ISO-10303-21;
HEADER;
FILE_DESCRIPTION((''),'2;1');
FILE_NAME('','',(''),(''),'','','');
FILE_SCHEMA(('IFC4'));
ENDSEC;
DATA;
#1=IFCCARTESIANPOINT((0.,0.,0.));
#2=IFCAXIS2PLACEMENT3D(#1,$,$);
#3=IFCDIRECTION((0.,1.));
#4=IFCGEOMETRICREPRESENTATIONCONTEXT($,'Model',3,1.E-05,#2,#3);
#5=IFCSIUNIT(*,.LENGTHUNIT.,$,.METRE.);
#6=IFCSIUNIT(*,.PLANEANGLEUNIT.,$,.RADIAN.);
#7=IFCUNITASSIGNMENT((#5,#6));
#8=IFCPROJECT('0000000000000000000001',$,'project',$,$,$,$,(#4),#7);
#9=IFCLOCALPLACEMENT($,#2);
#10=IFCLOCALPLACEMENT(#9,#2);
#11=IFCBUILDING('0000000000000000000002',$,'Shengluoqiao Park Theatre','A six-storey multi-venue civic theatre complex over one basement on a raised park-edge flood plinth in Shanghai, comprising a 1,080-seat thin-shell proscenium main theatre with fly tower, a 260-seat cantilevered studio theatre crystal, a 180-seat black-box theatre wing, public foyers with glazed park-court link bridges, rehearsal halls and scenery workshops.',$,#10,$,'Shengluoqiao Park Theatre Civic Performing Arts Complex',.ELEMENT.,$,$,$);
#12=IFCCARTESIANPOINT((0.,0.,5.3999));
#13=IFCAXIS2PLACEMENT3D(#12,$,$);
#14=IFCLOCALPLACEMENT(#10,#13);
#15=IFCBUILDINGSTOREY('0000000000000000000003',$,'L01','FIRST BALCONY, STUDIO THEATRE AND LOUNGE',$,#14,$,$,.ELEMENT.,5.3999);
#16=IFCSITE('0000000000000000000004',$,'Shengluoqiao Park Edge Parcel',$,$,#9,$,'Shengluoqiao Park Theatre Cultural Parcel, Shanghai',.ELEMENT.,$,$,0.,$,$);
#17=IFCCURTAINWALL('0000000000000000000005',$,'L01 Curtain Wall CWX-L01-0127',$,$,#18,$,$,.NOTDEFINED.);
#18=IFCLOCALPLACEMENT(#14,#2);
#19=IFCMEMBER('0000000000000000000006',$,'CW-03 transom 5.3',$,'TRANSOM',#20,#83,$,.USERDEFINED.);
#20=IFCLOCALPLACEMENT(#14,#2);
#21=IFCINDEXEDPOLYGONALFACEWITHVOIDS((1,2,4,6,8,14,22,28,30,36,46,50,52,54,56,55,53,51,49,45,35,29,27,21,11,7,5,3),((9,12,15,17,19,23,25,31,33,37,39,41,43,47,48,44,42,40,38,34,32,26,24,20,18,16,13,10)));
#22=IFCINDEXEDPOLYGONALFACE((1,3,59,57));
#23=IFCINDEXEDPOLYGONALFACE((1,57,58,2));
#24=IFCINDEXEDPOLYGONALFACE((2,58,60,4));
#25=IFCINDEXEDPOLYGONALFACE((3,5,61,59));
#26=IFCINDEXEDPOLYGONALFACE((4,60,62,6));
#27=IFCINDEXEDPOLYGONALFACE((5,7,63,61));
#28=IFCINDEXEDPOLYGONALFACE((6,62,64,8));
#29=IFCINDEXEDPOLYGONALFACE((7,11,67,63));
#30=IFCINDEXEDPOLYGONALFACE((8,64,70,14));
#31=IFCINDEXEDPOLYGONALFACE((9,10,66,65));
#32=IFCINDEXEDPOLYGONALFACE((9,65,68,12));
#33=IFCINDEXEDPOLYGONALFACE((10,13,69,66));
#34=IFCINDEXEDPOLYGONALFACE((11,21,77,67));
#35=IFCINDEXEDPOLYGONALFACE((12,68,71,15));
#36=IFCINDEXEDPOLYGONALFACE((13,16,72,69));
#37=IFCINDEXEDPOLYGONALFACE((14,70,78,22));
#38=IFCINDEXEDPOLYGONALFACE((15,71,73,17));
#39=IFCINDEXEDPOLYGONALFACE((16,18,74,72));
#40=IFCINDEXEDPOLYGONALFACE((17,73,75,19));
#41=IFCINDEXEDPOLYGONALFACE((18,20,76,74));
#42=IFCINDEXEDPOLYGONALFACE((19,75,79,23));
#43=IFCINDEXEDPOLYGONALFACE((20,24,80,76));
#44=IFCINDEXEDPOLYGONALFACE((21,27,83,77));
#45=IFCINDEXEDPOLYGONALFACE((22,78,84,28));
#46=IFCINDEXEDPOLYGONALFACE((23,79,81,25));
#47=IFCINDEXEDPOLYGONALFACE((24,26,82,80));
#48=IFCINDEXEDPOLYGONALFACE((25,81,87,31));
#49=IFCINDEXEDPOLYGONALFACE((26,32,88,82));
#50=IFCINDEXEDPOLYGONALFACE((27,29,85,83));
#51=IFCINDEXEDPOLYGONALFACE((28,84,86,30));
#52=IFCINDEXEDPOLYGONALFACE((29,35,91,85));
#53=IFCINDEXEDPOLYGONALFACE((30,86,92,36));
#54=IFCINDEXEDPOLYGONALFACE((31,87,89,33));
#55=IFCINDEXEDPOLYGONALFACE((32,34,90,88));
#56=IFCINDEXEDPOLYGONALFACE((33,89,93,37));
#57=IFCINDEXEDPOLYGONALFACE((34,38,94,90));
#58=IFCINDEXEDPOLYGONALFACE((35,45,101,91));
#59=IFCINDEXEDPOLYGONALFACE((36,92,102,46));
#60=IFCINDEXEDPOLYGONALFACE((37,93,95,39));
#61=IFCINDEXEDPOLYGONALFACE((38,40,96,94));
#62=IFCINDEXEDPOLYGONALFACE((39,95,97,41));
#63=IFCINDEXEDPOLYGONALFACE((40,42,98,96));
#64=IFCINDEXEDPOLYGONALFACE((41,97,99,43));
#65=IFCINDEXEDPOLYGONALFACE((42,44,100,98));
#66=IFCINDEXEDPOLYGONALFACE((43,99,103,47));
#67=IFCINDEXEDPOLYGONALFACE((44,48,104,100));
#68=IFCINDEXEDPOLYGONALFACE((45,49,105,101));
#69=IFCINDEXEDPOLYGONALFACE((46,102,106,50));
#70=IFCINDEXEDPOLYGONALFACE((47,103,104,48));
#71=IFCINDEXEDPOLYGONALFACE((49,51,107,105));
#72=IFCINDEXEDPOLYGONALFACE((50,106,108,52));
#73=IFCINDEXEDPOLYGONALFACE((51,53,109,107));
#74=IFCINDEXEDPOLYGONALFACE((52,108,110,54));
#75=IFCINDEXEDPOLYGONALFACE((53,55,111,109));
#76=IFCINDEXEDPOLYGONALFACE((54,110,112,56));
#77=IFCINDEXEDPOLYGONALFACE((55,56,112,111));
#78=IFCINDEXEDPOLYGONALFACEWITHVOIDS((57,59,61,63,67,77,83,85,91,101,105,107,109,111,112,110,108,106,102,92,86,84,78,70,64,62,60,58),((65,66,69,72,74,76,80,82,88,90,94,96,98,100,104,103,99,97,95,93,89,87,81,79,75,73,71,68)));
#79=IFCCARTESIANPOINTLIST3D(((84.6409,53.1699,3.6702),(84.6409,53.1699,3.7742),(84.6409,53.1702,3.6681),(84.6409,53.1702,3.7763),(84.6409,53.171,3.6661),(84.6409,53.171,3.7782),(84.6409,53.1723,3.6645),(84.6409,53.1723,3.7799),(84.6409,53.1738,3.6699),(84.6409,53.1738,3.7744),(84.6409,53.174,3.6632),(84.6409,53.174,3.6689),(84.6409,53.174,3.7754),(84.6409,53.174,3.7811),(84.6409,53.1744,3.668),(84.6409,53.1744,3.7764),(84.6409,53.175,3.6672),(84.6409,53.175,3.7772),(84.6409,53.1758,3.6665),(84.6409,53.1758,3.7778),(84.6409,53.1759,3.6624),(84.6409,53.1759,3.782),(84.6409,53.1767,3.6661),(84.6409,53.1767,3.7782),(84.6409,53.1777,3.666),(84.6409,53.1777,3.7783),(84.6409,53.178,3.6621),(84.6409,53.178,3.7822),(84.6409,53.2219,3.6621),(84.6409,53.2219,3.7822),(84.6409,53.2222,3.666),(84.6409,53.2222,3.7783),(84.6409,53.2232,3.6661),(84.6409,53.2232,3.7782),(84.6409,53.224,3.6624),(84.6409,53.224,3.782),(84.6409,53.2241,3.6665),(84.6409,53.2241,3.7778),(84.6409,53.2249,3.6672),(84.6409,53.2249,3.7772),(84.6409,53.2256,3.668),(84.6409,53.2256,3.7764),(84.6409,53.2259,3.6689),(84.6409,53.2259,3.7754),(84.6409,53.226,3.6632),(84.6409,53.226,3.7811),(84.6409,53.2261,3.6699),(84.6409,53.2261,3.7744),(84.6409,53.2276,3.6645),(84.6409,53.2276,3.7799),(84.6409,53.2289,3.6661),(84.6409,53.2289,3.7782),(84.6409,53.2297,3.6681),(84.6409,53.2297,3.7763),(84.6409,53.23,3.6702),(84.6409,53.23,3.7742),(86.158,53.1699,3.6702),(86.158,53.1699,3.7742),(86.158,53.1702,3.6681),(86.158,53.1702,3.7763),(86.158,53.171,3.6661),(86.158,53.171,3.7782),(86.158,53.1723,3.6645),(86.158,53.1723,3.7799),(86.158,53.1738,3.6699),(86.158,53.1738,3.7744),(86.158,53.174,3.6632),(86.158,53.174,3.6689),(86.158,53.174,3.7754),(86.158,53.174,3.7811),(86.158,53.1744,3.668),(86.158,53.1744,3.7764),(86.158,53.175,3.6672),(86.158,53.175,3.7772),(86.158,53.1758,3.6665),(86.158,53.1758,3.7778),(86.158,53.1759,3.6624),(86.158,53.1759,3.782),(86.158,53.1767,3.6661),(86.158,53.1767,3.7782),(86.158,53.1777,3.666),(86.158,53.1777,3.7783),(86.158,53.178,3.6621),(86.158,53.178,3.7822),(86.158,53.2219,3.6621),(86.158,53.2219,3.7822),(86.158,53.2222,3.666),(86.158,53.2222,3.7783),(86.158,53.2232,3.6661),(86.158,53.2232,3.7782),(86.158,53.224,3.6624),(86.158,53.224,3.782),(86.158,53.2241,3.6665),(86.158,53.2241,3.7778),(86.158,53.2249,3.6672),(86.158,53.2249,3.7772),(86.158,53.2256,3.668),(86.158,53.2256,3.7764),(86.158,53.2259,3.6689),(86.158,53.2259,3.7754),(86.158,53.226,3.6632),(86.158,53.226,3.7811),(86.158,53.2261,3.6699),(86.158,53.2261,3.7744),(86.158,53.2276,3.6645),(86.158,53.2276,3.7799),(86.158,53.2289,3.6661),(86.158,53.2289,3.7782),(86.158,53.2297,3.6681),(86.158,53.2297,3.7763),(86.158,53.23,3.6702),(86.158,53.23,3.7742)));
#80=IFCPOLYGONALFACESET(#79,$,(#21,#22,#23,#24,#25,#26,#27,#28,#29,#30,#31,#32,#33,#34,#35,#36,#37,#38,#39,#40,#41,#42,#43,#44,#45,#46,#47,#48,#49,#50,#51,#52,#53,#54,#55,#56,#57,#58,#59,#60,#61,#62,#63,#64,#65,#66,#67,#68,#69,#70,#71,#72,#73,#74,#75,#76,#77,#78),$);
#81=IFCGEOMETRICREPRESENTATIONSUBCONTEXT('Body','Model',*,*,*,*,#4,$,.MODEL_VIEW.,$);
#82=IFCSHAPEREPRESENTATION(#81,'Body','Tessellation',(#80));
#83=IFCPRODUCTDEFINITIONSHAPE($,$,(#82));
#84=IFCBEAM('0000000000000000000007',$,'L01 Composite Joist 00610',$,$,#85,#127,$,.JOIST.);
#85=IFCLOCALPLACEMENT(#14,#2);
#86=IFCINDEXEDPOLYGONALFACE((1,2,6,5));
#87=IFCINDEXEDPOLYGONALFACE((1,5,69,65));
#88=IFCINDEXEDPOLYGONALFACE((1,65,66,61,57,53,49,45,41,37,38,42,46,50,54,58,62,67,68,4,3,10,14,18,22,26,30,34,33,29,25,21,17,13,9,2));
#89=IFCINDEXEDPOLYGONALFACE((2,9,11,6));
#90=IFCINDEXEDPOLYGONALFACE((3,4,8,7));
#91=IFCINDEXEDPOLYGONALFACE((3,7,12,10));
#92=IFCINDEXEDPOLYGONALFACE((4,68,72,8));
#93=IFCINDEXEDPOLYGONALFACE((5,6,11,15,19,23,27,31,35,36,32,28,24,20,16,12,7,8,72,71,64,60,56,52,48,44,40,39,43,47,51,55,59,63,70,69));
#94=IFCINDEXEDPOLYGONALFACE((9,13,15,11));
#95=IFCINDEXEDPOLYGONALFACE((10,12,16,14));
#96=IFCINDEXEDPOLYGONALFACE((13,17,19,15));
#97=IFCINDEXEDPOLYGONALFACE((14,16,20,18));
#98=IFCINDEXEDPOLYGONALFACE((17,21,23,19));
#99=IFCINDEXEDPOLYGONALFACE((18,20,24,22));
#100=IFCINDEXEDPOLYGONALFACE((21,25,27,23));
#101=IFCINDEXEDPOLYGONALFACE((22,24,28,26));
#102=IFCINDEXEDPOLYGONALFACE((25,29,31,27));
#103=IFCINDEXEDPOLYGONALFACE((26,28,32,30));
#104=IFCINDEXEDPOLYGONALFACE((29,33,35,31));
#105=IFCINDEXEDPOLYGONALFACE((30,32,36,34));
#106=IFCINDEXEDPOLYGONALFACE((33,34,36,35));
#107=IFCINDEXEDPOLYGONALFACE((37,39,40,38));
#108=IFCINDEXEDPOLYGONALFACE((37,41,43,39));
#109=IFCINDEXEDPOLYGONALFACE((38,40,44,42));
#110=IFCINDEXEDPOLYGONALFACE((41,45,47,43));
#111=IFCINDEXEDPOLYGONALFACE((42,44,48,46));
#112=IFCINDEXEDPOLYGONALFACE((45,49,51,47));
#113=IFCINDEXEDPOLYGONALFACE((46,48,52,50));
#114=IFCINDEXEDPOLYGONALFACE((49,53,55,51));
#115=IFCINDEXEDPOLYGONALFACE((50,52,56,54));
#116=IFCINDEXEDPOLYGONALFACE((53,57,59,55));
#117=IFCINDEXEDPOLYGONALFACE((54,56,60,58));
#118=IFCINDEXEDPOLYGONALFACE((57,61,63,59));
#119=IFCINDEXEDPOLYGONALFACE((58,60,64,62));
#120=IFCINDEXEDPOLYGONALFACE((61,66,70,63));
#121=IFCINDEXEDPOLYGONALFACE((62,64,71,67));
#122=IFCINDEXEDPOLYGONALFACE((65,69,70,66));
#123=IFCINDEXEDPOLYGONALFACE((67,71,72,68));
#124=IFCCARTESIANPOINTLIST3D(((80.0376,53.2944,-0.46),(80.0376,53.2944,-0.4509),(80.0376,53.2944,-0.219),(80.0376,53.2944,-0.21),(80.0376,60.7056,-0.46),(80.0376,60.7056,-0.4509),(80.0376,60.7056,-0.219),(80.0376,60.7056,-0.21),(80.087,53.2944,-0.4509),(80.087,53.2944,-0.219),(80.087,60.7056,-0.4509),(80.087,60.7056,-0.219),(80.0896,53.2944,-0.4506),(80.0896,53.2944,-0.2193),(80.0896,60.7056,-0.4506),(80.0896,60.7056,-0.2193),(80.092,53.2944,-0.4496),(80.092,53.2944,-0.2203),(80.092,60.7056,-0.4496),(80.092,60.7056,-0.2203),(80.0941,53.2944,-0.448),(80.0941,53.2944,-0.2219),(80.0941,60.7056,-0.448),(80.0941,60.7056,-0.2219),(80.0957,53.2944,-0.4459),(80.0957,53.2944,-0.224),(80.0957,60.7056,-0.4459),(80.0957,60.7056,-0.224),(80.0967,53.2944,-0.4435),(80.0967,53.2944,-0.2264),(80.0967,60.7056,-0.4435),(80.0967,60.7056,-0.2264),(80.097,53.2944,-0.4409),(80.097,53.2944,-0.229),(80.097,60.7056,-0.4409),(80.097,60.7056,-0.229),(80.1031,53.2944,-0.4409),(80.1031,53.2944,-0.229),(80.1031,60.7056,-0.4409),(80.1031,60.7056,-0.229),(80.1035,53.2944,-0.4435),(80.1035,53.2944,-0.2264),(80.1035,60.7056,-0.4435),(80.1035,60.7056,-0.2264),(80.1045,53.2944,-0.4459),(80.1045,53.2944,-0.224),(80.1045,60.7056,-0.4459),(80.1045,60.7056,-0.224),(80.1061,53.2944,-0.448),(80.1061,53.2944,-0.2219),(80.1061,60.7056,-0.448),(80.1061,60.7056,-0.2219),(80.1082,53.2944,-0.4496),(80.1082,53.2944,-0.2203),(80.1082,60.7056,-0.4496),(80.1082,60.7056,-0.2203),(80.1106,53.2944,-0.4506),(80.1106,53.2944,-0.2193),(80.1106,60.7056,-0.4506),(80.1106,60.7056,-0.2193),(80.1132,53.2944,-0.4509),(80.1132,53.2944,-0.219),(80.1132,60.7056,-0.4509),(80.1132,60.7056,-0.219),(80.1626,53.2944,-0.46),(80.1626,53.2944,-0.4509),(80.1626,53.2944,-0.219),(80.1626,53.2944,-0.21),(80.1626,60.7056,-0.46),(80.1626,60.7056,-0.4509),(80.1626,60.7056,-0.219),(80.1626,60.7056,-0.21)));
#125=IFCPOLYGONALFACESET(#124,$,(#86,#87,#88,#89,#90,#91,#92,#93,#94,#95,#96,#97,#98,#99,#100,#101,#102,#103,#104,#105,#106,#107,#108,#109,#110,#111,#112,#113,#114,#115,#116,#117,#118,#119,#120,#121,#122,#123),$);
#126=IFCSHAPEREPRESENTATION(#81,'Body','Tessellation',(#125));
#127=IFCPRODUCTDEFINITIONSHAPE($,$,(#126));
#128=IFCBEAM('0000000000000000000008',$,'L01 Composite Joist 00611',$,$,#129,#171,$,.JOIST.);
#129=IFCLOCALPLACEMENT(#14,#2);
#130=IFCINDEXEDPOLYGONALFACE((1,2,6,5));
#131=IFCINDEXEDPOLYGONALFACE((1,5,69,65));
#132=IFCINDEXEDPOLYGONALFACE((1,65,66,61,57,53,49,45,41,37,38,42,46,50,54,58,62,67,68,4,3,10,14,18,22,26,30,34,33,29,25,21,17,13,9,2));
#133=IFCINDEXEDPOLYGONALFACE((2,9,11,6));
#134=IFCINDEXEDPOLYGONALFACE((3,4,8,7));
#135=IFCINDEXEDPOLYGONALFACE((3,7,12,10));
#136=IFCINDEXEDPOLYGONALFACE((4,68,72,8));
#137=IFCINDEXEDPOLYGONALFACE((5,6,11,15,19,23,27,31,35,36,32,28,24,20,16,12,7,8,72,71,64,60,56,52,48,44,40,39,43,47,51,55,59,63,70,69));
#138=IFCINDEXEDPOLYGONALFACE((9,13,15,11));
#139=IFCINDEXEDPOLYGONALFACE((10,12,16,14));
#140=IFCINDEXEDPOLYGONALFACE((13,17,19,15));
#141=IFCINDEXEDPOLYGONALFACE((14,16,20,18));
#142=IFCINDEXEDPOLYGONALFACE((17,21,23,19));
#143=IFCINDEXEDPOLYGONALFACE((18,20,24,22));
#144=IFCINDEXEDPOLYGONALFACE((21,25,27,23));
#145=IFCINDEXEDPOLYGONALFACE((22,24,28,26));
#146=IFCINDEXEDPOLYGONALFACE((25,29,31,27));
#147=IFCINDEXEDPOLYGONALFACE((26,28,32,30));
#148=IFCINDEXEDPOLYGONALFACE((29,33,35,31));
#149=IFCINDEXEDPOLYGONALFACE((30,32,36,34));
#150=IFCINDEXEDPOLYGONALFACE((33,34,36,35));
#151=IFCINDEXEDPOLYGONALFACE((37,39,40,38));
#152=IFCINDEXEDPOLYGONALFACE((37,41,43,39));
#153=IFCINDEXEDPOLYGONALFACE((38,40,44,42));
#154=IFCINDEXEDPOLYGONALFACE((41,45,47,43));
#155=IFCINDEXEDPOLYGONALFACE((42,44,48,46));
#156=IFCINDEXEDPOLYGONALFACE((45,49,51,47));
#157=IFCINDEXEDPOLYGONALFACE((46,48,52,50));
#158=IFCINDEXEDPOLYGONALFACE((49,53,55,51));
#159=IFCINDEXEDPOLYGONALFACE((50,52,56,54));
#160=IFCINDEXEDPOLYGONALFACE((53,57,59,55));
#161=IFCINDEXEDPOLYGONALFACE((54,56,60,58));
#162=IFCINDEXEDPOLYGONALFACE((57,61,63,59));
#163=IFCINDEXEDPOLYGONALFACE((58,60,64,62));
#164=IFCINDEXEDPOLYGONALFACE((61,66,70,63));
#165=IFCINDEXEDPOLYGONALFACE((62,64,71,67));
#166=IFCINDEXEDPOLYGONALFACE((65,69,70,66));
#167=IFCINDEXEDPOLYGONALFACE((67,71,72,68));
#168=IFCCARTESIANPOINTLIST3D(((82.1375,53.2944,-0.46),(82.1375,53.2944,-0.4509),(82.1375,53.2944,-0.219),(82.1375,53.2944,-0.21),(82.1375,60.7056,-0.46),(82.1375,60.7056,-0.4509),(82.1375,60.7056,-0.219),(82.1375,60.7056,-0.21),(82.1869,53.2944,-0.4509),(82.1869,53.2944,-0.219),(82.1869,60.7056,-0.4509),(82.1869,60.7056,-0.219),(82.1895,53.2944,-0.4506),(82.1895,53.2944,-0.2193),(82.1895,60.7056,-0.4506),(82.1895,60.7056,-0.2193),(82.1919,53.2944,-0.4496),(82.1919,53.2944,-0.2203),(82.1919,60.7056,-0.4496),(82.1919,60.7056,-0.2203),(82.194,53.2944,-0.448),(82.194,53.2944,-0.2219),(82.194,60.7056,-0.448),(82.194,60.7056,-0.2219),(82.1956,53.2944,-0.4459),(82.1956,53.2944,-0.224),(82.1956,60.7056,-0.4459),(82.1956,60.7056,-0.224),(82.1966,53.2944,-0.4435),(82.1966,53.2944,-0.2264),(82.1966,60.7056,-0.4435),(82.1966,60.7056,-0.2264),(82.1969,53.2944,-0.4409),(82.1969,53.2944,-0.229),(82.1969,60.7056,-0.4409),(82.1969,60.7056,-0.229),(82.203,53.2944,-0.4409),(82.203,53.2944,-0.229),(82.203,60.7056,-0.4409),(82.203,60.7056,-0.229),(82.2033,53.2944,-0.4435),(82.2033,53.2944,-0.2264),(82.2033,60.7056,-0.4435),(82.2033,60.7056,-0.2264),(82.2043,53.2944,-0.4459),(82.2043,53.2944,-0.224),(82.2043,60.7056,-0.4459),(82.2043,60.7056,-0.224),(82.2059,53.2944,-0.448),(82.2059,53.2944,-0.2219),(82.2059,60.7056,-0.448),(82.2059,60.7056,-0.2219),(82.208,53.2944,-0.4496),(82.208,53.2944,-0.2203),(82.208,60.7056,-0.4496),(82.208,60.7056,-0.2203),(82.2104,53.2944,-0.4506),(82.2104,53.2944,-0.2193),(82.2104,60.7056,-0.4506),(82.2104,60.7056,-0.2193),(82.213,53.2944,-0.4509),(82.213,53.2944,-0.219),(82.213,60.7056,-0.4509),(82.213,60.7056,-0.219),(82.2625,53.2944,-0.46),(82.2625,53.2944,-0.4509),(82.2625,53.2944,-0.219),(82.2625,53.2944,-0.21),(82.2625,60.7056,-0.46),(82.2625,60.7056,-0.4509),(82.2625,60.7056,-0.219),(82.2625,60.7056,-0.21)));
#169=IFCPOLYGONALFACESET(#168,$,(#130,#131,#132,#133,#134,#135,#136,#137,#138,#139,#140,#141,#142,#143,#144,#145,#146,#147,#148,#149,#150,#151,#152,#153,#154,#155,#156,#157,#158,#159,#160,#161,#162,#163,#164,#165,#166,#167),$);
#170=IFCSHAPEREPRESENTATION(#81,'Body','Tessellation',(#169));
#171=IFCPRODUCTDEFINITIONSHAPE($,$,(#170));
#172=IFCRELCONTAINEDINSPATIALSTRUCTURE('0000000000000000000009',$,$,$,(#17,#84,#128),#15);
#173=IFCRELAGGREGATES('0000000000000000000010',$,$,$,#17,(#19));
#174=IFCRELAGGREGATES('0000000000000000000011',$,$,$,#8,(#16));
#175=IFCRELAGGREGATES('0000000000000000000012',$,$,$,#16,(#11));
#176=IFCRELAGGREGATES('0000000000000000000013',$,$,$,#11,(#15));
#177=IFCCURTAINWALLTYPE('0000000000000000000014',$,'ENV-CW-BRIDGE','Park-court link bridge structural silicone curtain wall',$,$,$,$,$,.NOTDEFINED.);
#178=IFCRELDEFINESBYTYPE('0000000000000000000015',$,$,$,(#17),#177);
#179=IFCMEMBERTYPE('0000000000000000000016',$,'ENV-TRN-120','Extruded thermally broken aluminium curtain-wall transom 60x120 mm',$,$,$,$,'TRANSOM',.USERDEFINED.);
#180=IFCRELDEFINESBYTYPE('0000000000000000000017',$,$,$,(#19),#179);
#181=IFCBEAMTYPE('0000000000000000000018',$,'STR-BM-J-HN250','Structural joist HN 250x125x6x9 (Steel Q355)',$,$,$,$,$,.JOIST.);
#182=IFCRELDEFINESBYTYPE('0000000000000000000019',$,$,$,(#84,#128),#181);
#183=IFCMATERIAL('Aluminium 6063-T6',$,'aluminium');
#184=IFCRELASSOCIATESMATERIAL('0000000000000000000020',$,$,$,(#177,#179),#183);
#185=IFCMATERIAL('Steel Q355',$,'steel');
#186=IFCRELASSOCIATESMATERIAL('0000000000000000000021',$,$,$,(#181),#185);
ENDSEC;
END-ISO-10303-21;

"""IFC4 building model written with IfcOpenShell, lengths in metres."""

from ifc_helpers import new_model, si_unit, direction, frame, origin, origin_2d, place, context, subcontext, project, spatial, hollow_rectangle, i_section, extrude, material, material_profile, profile_set, type_object, element, aggregate, save


model = new_model("IFC4")

# Units and contexts
model_context = context("Model", 3, precision=1e-05, world=origin(), true_north=direction((0.0, 1.0)))
body_context = subcontext(model_context, "Body", "Model", "MODEL_VIEW")
ifc_project = project(units=[si_unit("LENGTHUNIT", "METRE"), si_unit("PLANEANGLEUNIT", "RADIAN")], contexts=[model_context])

# Site, building, storey
site_placement = place(None, origin())
site = spatial("IfcSite", under=ifc_project, at=site_placement, Name="Shengluoqiao Park Edge Parcel", LongName="Shengluoqiao Park Theatre Cultural Parcel, Shanghai", CompositionType="ELEMENT", RefElevation=0.0)
building_placement = place(site_placement, origin())
building = spatial("IfcBuilding", under=site, at=building_placement, Name="Shengluoqiao Park Theatre", Description="A six-storey multi-venue civic theatre complex over one basement on a raised park-edge flood plinth in Shanghai, comprising a 1,080-seat thin-shell proscenium main theatre with fly tower, a 260-seat cantilevered studio theatre crystal, a 180-seat black-box theatre wing, public foyers with glazed park-court link bridges, rehearsal halls and scenery workshops.", LongName="Shengluoqiao Park Theatre Civic Performing Arts Complex", CompositionType="ELEMENT")
storey_placement = place(building_placement, frame((0.0, 0.0, 5.3999)))
storey = spatial("IfcBuildingStorey", under=building, at=storey_placement, Name="L01", Description="FIRST BALCONY, STUDIO THEATRE AND LOUNGE", CompositionType="ELEMENT", Elevation=5.3999)

# Curtain wall, member
ifc_material_1 = material(Name="Aluminium 6063-T6", Category="aluminium")
curtain_wall_type = type_object("IfcCurtainWallType", Name="ENV-CW-BRIDGE", Description="Park-court link bridge structural silicone curtain wall", PredefinedType="NOTDEFINED", material=ifc_material_1)
curtain_wall_placement = place(storey_placement, origin())
curtain_wall = element("IfcCurtainWall", 1, at=curtain_wall_placement, inside=storey, type_object=curtain_wall_type, Name="L01 Curtain Wall CWX-L01-0127", PredefinedType="NOTDEFINED")
ifc_material_profile_1 = material_profile(ifc_material_1, hollow_rectangle(XDim=0.0601, YDim=0.1201, WallThickness=0.0039, InnerFilletRadius=0.0039, OuterFilletRadius=0.0081, at=origin_2d()), Name="ALU TRANSOM 120x60x4")
ifc_profile_set_1 = profile_set([ifc_material_profile_1], Name="Aluminium 6063-T6")
member_type_1 = type_object("IfcMemberType", Name="ENV-TRN-120", Description="Extruded thermally broken aluminium curtain-wall transom 60x120 mm", ElementType="TRANSOM", PredefinedType="USERDEFINED", material=ifc_profile_set_1)
member_1_placement = place(storey_placement, frame((84.6409, 53.2, 3.7222), z_axis=(1.0, 0.0, 0.0), x_axis=(0.0, 1.0, 0.0)))
member_1 = element("IfcMember", 2, at=member_1_placement, type_object=member_type_1, Name="CW-03 transom 5.3", ObjectType="TRANSOM", PredefinedType="USERDEFINED", context=body_context, shape_type="SweptSolid", body=[
    extrude(hollow_rectangle(XDim=0.0601, YDim=0.1201, WallThickness=0.0039, InnerFilletRadius=0.0039, OuterFilletRadius=0.0081, at=origin_2d()), origin(), (0.0, 0.0, 1.0), 1.5171),
])

# Beams
ifc_material_2 = material(Name="Steel Q355", Category="steel")
ifc_material_profile_2 = material_profile(ifc_material_2, i_section(OverallWidth=0.125, OverallDepth=0.25, WebThickness=0.0061, FlangeThickness=0.009, FilletRadius=0.01, at=origin_2d()), Name="HN 250x125x6x9")
ifc_profile_set_2 = profile_set([ifc_material_profile_2], Name="Steel Q355")
beam_type = type_object("IfcBeamType", Name="STR-BM-J-HN250", Description="Structural joist HN 250x125x6x9 (Steel Q355)", PredefinedType="JOIST", material=ifc_profile_set_2)
for number, where, z_axis, x_axis, name in (
    (3, (80.1001, 53.2944, -0.335), (0.0, 1.0, 0.0), (-1.0, 0.0, 0.0), "L01 Composite Joist 00610"),
    (4, (82.2, 53.2944, -0.335), (0.0, 1.0, 0.0), (-1.0, 0.0, 0.0), "L01 Composite Joist 00611"),
):
    element("IfcBeam", number, at=place(storey_placement, frame(where, z_axis=z_axis, x_axis=x_axis)), inside=storey, type_object=beam_type, Name=name, PredefinedType="JOIST", context=body_context, shape_type="SweptSolid", body=[
        extrude(i_section(OverallWidth=0.125, OverallDepth=0.25, WebThickness=0.0061, FlangeThickness=0.009, FilletRadius=0.01, at=origin_2d()), origin(), (0.0, 0.0, 1.0), 7.4111),
    ])

aggregate(curtain_wall, [member_1])

save(model, "model.ifc")
